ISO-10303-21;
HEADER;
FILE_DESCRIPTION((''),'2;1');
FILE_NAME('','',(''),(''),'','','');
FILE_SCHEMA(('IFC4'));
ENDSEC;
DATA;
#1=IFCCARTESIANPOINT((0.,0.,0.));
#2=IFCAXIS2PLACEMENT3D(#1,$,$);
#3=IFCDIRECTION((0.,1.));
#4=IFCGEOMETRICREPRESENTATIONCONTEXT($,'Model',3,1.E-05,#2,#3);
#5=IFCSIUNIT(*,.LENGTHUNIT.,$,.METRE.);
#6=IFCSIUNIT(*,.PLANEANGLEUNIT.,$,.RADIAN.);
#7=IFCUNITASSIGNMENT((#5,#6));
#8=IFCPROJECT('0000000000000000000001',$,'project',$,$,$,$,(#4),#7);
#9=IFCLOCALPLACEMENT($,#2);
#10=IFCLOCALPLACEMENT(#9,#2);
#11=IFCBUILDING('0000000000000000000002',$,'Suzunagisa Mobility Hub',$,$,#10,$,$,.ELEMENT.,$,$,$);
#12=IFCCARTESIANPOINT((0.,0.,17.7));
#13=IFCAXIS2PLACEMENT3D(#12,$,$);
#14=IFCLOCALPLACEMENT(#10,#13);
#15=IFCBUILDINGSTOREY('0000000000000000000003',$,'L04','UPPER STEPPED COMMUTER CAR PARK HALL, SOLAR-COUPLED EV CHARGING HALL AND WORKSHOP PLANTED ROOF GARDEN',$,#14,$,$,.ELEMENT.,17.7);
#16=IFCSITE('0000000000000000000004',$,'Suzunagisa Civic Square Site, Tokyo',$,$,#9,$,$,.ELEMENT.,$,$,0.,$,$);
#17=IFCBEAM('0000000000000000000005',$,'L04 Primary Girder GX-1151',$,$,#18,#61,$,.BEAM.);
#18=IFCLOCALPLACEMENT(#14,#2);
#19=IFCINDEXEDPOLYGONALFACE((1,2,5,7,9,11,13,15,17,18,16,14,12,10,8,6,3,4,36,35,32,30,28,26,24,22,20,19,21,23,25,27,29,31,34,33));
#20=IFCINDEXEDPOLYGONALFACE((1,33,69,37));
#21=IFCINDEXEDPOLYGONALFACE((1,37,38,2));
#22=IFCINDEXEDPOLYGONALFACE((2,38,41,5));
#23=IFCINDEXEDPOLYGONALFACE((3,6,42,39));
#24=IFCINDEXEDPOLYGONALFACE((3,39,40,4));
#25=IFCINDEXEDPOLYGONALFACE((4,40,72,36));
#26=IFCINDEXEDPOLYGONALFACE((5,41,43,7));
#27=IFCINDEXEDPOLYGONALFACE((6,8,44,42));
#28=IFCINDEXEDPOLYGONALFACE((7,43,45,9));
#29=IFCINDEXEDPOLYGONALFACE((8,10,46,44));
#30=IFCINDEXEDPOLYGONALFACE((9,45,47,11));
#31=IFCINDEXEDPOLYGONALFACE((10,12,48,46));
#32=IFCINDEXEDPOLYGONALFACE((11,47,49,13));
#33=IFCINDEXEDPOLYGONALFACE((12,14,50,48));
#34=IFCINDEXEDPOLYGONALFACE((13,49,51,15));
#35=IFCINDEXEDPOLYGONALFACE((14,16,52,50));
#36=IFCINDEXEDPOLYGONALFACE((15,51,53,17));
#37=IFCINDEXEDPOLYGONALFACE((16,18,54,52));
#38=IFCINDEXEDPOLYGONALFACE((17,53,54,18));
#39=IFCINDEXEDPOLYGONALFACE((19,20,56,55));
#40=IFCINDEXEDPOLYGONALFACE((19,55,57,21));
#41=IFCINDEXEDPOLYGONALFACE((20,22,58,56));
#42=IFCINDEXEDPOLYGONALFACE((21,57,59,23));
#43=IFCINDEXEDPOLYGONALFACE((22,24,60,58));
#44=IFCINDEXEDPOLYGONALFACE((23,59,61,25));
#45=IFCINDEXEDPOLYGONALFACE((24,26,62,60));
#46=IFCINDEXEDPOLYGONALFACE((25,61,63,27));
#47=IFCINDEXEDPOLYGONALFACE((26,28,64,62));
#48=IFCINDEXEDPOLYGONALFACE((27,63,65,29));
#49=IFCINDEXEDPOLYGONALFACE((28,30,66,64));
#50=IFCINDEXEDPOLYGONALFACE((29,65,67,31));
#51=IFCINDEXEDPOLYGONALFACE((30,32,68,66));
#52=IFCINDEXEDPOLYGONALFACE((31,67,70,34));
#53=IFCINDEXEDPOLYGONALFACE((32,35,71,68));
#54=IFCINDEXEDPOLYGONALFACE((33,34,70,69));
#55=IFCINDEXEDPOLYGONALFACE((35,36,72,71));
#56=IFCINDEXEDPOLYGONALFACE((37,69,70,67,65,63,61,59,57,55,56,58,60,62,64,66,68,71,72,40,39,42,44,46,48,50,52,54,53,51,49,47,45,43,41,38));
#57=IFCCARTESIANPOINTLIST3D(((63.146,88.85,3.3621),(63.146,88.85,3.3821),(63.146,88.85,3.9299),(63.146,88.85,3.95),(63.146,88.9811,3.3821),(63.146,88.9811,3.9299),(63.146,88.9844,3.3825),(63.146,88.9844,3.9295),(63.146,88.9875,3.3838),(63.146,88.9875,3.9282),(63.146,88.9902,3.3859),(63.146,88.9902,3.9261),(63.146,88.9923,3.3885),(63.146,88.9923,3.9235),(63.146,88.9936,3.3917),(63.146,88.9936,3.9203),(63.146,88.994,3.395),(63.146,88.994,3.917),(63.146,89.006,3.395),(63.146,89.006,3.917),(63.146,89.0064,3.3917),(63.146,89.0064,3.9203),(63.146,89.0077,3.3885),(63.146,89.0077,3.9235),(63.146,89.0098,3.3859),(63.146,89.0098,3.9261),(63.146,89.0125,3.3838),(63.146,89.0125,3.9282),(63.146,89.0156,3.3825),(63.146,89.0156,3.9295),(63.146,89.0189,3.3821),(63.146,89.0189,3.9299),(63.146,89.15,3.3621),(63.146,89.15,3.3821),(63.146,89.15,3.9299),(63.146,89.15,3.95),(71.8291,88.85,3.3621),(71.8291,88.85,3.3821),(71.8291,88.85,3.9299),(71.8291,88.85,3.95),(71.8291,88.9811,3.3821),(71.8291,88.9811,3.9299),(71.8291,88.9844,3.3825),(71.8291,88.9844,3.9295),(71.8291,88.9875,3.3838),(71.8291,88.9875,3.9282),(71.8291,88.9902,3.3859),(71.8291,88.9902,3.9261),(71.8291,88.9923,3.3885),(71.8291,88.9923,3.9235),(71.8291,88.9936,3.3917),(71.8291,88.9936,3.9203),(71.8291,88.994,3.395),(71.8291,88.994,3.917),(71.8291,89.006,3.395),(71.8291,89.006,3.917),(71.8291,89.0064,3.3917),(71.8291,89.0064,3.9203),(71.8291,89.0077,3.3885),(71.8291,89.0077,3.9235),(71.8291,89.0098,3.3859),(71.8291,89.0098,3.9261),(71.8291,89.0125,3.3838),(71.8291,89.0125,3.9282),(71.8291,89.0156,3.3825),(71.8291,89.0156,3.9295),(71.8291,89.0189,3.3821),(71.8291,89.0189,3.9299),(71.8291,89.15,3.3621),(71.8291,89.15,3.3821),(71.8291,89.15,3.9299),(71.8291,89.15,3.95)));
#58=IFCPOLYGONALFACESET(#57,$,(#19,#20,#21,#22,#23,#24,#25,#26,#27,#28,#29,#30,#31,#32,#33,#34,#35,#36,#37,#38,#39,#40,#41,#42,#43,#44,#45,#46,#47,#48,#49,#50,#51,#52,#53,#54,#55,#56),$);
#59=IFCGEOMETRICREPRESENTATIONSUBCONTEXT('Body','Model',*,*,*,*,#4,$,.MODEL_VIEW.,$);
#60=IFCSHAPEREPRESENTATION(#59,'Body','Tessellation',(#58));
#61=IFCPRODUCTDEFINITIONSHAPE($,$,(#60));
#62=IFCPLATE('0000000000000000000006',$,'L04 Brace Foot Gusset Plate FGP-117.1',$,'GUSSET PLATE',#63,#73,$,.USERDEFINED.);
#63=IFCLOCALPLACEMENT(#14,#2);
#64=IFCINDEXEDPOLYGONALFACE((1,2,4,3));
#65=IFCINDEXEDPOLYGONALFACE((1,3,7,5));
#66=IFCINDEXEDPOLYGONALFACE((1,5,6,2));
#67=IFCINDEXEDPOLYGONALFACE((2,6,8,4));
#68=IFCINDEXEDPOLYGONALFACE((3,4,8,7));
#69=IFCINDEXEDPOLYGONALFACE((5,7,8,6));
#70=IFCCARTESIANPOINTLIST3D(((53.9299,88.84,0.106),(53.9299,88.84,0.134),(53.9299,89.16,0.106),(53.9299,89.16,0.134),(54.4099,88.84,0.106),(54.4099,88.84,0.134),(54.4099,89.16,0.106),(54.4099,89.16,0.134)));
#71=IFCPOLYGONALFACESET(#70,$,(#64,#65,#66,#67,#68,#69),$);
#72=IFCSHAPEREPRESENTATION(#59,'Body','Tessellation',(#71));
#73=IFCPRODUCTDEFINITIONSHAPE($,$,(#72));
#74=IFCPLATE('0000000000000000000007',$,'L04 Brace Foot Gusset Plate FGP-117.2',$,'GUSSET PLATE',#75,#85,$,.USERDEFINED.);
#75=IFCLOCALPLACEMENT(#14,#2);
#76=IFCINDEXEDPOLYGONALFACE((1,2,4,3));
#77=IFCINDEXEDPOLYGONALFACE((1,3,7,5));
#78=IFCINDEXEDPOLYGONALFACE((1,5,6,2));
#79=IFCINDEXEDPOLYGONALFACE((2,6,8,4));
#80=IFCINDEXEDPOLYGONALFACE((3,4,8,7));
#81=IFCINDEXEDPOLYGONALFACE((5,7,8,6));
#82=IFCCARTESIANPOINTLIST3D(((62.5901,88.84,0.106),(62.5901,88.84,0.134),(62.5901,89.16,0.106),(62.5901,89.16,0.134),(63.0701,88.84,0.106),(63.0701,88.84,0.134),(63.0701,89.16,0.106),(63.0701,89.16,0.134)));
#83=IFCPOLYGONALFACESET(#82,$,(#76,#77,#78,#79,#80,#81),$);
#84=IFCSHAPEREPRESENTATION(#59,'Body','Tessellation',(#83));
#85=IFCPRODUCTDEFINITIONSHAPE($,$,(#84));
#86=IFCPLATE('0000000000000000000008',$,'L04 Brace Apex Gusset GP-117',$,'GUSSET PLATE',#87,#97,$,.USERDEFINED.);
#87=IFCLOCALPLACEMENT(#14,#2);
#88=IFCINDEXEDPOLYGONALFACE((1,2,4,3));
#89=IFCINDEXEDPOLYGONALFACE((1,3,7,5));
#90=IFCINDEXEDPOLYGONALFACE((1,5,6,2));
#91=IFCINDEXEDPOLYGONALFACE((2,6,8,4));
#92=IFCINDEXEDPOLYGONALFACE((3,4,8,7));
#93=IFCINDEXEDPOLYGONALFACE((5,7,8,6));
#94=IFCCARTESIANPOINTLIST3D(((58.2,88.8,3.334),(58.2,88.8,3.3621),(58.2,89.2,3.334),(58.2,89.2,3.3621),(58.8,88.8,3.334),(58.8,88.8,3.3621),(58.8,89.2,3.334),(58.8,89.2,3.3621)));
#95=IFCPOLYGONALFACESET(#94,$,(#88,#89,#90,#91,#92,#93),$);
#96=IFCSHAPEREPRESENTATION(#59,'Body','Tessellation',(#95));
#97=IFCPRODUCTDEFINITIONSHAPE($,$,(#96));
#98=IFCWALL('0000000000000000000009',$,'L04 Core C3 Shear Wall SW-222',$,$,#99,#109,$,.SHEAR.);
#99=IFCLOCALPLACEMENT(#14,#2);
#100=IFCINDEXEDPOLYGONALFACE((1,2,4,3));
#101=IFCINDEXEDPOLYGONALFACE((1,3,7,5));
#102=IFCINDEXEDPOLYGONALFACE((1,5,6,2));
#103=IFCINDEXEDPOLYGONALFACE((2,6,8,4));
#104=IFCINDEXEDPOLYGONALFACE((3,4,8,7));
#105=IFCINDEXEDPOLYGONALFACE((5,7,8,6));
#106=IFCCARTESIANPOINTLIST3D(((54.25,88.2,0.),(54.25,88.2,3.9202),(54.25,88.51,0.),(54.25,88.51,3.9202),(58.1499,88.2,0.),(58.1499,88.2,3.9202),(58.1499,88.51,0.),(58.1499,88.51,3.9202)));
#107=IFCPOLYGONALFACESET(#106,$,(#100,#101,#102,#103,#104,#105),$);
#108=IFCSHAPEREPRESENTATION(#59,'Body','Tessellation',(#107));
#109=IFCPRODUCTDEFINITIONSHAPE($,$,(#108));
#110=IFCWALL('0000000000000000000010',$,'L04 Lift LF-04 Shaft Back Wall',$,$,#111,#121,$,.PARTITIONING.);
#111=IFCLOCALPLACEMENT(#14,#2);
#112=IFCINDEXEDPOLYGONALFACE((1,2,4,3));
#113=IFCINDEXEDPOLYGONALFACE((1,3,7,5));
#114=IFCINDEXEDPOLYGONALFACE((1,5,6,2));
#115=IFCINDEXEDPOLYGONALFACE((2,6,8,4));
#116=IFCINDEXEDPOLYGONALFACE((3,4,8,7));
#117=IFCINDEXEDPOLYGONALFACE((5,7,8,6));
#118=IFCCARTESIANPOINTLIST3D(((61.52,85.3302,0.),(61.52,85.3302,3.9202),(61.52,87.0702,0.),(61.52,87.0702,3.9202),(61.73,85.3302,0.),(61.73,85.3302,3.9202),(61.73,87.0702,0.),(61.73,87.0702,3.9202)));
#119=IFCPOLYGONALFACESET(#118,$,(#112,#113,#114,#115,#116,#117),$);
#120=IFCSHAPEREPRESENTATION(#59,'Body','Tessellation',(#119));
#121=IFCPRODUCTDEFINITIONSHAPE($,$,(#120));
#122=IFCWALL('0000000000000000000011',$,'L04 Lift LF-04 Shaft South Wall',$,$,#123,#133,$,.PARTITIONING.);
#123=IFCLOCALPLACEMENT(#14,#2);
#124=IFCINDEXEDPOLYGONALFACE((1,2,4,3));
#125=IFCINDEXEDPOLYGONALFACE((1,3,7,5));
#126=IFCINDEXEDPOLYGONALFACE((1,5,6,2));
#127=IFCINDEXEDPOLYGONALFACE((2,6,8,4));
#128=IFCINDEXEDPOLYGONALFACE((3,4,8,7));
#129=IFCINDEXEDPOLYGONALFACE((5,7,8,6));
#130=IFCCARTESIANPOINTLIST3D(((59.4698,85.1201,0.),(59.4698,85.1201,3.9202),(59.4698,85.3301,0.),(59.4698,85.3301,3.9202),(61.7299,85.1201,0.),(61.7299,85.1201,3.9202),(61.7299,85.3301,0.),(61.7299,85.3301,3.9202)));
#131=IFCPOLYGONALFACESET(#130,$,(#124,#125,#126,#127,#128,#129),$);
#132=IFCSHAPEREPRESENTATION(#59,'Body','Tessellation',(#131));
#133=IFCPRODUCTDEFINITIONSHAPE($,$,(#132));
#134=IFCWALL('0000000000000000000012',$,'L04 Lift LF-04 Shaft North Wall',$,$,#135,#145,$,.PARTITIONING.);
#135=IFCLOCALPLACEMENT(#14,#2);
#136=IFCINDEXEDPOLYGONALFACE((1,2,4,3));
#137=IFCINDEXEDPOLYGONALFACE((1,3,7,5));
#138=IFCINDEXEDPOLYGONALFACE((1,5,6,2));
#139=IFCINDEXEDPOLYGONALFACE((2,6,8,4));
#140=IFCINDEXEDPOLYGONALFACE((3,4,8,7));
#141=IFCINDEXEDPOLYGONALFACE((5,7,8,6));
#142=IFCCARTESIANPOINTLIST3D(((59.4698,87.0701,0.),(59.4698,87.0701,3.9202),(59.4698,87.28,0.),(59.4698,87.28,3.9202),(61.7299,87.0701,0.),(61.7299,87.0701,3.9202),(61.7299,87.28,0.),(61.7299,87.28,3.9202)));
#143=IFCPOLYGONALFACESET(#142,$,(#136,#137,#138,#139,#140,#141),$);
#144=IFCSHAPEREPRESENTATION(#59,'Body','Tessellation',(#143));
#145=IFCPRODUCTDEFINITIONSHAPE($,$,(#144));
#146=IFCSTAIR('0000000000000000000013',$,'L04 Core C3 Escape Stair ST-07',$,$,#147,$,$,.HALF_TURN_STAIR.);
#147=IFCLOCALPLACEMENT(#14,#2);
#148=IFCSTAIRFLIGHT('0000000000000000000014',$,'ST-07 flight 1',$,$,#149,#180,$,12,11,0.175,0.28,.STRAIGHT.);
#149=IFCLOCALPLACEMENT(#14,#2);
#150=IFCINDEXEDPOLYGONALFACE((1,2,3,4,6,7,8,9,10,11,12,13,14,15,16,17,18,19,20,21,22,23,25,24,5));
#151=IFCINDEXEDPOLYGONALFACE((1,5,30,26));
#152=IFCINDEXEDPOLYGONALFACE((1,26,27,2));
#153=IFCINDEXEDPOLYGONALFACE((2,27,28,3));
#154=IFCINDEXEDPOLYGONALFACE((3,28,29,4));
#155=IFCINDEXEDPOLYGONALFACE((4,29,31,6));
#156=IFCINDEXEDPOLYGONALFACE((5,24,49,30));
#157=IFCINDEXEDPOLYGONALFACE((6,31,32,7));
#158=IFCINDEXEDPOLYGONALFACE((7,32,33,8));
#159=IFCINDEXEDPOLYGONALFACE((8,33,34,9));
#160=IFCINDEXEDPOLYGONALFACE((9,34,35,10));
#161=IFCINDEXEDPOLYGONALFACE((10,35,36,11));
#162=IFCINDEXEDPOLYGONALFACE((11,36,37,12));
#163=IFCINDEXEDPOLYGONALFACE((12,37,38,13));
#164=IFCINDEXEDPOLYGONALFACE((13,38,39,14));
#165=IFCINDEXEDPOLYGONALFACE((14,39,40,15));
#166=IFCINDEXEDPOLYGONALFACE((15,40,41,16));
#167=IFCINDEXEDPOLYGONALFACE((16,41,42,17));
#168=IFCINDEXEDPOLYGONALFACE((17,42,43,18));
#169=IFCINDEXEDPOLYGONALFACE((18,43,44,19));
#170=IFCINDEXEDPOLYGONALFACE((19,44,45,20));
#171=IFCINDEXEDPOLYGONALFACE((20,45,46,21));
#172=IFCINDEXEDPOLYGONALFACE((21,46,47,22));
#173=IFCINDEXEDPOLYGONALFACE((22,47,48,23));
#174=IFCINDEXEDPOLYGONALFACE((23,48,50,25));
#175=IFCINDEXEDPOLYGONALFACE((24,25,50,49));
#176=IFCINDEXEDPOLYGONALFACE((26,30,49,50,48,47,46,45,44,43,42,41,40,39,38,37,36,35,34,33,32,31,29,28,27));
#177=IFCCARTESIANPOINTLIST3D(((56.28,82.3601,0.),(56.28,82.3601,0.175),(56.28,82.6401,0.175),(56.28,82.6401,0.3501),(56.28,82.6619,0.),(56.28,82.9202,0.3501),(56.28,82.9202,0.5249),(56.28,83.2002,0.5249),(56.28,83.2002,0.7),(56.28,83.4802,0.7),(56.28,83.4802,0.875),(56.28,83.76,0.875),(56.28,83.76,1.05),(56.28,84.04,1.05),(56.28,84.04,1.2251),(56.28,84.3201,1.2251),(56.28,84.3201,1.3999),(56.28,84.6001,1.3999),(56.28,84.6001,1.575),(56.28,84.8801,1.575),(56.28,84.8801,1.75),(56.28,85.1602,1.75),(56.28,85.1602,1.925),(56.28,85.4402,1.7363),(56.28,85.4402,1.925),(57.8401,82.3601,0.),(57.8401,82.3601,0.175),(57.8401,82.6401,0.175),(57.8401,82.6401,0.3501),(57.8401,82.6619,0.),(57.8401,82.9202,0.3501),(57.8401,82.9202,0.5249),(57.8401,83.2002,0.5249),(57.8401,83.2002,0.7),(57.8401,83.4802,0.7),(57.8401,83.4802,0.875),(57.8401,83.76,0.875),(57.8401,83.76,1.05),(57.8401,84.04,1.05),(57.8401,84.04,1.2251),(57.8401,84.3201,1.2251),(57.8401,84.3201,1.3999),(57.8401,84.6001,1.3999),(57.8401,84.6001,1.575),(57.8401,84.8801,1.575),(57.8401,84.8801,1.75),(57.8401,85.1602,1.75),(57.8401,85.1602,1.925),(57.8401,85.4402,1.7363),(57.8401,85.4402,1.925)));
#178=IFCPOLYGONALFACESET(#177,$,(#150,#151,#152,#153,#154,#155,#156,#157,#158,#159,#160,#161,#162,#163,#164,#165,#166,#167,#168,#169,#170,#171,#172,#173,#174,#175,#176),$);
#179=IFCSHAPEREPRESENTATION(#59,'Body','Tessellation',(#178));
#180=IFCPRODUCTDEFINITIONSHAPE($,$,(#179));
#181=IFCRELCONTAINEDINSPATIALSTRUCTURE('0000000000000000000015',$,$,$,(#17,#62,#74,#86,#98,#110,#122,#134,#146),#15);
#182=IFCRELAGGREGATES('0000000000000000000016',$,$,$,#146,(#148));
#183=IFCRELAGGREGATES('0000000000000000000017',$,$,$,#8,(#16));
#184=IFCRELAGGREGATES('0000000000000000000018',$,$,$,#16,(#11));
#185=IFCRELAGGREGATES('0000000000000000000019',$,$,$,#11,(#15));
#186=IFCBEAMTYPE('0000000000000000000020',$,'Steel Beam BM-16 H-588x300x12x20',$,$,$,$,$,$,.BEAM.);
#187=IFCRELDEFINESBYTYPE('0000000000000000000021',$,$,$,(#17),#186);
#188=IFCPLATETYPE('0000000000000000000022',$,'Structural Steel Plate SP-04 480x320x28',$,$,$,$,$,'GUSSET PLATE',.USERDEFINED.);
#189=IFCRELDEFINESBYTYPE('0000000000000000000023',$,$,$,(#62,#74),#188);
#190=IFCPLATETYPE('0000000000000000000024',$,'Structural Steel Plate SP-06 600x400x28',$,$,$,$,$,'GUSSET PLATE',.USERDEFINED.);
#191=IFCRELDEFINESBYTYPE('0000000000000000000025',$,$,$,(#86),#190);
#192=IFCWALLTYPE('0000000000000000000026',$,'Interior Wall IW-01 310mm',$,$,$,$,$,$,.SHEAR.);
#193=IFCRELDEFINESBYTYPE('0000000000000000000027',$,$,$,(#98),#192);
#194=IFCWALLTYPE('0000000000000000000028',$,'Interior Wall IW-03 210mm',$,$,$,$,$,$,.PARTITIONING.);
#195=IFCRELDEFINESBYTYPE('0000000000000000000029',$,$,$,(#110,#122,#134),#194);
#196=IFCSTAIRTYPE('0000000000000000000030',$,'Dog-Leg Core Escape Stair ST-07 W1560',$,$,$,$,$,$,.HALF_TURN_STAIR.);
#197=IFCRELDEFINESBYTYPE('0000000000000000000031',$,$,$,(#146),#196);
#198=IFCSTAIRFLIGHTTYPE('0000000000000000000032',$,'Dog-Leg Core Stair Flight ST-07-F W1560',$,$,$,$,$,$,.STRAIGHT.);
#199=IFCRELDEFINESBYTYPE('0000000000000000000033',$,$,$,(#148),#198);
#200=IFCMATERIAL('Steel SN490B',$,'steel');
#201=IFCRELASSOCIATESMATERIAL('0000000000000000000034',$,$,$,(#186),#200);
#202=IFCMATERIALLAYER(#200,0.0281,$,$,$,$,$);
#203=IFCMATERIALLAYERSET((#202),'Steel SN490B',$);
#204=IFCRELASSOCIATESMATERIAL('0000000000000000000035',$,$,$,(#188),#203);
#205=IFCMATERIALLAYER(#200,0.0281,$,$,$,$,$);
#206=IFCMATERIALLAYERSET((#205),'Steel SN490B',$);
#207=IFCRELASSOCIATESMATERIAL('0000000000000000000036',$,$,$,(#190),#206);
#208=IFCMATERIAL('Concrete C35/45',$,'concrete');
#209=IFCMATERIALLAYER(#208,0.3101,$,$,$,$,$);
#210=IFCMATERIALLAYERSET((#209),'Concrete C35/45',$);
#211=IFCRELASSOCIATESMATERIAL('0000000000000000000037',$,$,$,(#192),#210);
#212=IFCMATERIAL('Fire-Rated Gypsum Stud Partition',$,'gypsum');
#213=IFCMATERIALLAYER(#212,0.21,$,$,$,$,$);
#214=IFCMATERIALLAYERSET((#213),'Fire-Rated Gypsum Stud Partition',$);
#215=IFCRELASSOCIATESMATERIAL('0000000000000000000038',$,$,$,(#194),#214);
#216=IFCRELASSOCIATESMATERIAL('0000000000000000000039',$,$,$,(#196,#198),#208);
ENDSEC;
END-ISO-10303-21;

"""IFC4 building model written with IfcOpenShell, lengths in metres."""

from ifc_helpers import new_model, si_unit, direction, frame, frame_2d, origin, origin_2d, place, context, subcontext, project, spatial, polyline, rectangle, i_section, outline, extrude, material, layer, layer_set, material_profile, profile_set, type_object, element, aggregate, save


model = new_model("IFC4")

# Units and contexts
model_context = context("Model", 3, precision=1e-05, world=origin(), true_north=direction((0.0, 1.0)))
body_context = subcontext(model_context, "Body", "Model", "MODEL_VIEW")
ifc_project = project(units=[si_unit("LENGTHUNIT", "METRE"), si_unit("PLANEANGLEUNIT", "RADIAN")], contexts=[model_context])

# Site, building, storey
site_placement = place(None, origin())
site = spatial("IfcSite", under=ifc_project, at=site_placement, Name="Suzunagisa Civic Square Site, Tokyo", CompositionType="ELEMENT", RefElevation=0.0)
building_placement = place(site_placement, origin())
building = spatial("IfcBuilding", under=site, at=building_placement, Name="Suzunagisa Mobility Hub", CompositionType="ELEMENT")
storey_placement = place(building_placement, frame((0.0, 0.0, 17.7)))
storey = spatial("IfcBuildingStorey", under=building, at=storey_placement, Name="L04", Description="UPPER STEPPED COMMUTER CAR PARK HALL, SOLAR-COUPLED EV CHARGING HALL AND WORKSHOP PLANTED ROOF GARDEN", CompositionType="ELEMENT", Elevation=17.7)

# Shared definitions
ifc_material_1 = material(Name="Steel SN490B", Category="steel")

# Beam
ifc_material_profile_1 = material_profile(ifc_material_1, i_section(OverallWidth=0.3, OverallDepth=0.5879, WebThickness=0.012, FlangeThickness=0.02, FilletRadius=0.0129, at=origin_2d()), Name="H-588x300x12x20")
ifc_profile_set_1 = profile_set([ifc_material_profile_1], Name="Steel SN490B")
beam_type_1 = type_object("IfcBeamType", Name="Steel Beam BM-16 H-588x300x12x20", PredefinedType="BEAM", material=ifc_profile_set_1)
beam_1_placement = place(storey_placement, frame((63.146, 89.0, 3.656), z_axis=(1.0, 0.0, 0.0), x_axis=(0.0, 1.0, 0.0)))
element("IfcBeam", 1, at=beam_1_placement, inside=storey, type_object=beam_type_1, Name="L04 Primary Girder GX-1151", PredefinedType="BEAM", context=body_context, shape_type="SweptSolid", body=[
    extrude(i_section(OverallWidth=0.3, OverallDepth=0.5879, WebThickness=0.012, FlangeThickness=0.02, FilletRadius=0.0129, at=origin_2d()), origin(), (0.0, 0.0, 1.0), 8.6831),
])

# Plates
ifc_layer_1 = layer(ifc_material_1, 0.0281)
ifc_layer_set_1 = layer_set([ifc_layer_1], Name="Steel SN490B")
plate_type_1 = type_object("IfcPlateType", Name="Structural Steel Plate SP-04 480x320x28", ElementType="GUSSET PLATE", PredefinedType="USERDEFINED", material=ifc_layer_set_1)
for number, where, z_axis, x_axis, name in (
    (2, (54.1699, 89.0, 0.106), (0.0, 0.0, 1.0), (1.0, 0.0, 0.0), "L04 Brace Foot Gusset Plate FGP-117.1"),
    (3, (62.8301, 89.0, 0.106), (0.0, 0.0, 1.0), (1.0, 0.0, 0.0), "L04 Brace Foot Gusset Plate FGP-117.2"),
):
    element("IfcPlate", number, at=place(storey_placement, frame(where, z_axis=z_axis, x_axis=x_axis)), inside=storey, type_object=plate_type_1, Name=name, ObjectType="GUSSET PLATE", PredefinedType="USERDEFINED", context=body_context, shape_type="SweptSolid", body=[
        extrude(rectangle(XDim=0.48, YDim=0.3201, at=origin_2d()), origin(), (0.0, 0.0, 1.0), 0.0281),
    ])
ifc_layer_2 = layer(ifc_material_1, 0.0281)
ifc_layer_set_2 = layer_set([ifc_layer_2], Name="Steel SN490B")
plate_type_2 = type_object("IfcPlateType", Name="Structural Steel Plate SP-06 600x400x28", ElementType="GUSSET PLATE", PredefinedType="USERDEFINED", material=ifc_layer_set_2)
plate_placement = place(storey_placement, frame((58.5, 89.0, 3.334), z_axis=(0.0, 0.0, 1.0), x_axis=(1.0, 0.0, 0.0)))
element("IfcPlate", 4, at=plate_placement, inside=storey, type_object=plate_type_2, Name="L04 Brace Apex Gusset GP-117", ObjectType="GUSSET PLATE", PredefinedType="USERDEFINED", context=body_context, shape_type="SweptSolid", body=[
    extrude(rectangle(XDim=0.6001, YDim=0.3999, at=origin_2d()), origin(), (0.0, 0.0, 1.0), 0.0281),
])

# Wall
ifc_material_2 = material(Name="Concrete C35/45", Category="concrete")
ifc_layer_3 = layer(ifc_material_2, 0.3101)
ifc_layer_set_3 = layer_set([ifc_layer_3], Name="Concrete C35/45")
wall_type_1 = type_object("IfcWallType", Name="Interior Wall IW-01 310mm", PredefinedType="SHEAR", material=ifc_layer_set_3)
wall_1_placement = place(storey_placement, frame((54.25, 88.355, 0.0), z_axis=(0.0, 0.0, 1.0), x_axis=(1.0, 0.0, 0.0)))
element("IfcWall", 5, at=wall_1_placement, inside=storey, type_object=wall_type_1, Name="L04 Core C3 Shear Wall SW-222", PredefinedType="SHEAR", context=body_context, shape_type="SweptSolid", body=[
    extrude(rectangle(XDim=3.8999, YDim=0.3101, at=frame_2d((1.95, 0.0))), origin(), (0.0, 0.0, 1.0), 3.9202),
])

# Shared definitions
ifc_material_3 = material(Name="Fire-Rated Gypsum Stud Partition", Category="gypsum")
ifc_layer_4 = layer(ifc_material_3, 0.21)
ifc_layer_set_4 = layer_set([ifc_layer_4], Name="Fire-Rated Gypsum Stud Partition")
wall_type_2 = type_object("IfcWallType", Name="Interior Wall IW-03 210mm", PredefinedType="PARTITIONING", material=ifc_layer_set_4)

# Walls
wall_2_placement = place(storey_placement, frame((61.625, 85.3301, 0.0), z_axis=(0.0, 0.0, 1.0), x_axis=(0.0, 1.0, 0.0)))
element("IfcWall", 6, at=wall_2_placement, inside=storey, type_object=wall_type_2, Name="L04 Lift LF-04 Shaft Back Wall", PredefinedType="PARTITIONING", context=body_context, shape_type="SweptSolid", body=[
    extrude(rectangle(XDim=1.74, YDim=0.21, at=frame_2d((0.8701, 0.0))), origin(), (0.0, 0.0, 1.0), 3.9202),
])
for number, where, z_axis, x_axis, name in (
    (7, (59.47, 85.2251, 0.0), (0.0, 0.0, 1.0), (1.0, 0.0, 0.0), "L04 Lift LF-04 Shaft South Wall"),
    (8, (59.47, 87.175, 0.0), (0.0, 0.0, 1.0), (1.0, 0.0, 0.0), "L04 Lift LF-04 Shaft North Wall"),
):
    element("IfcWall", number, at=place(storey_placement, frame(where, z_axis=z_axis, x_axis=x_axis)), inside=storey, type_object=wall_type_2, Name=name, PredefinedType="PARTITIONING", context=body_context, shape_type="SweptSolid", body=[
        extrude(rectangle(XDim=2.26, YDim=0.21, at=frame_2d((1.1299, 0.0))), origin(), (0.0, 0.0, 1.0), 3.9202),
    ])

# Stair, stair flight
stair_type = type_object("IfcStairType", Name="Dog-Leg Core Escape Stair ST-07 W1560", PredefinedType="HALF_TURN_STAIR", material=ifc_material_2)
stair_placement = place(storey_placement, origin())
stair = element("IfcStair", 9, at=stair_placement, inside=storey, type_object=stair_type, Name="L04 Core C3 Escape Stair ST-07", PredefinedType="HALF_TURN_STAIR")
stair_flight_type = type_object("IfcStairFlightType", Name="Dog-Leg Core Stair Flight ST-07-F W1560", PredefinedType="STRAIGHT", material=ifc_material_2)
stair_flight_1_placement = place(storey_placement, frame((57.0601, 82.3601, 0.0), z_axis=(0.0, 0.0, 1.0), x_axis=(0.0, 1.0, 0.0)))
stair_flight_1 = element("IfcStairFlight", 10, at=stair_flight_1_placement, type_object=stair_flight_type, Name="ST-07 flight 1", NumberOfRisers=12, NumberOfTreads=11, PredefinedType="STRAIGHT", RiserHeight=0.175, TreadLength=0.28, context=body_context, shape_type="SweptSolid", body=[
    extrude(outline(polyline([(0.0, 0.0), (0.0, 0.175), (0.28, 0.175), (0.28, 0.3501), (0.5601, 0.3501), (0.5601, 0.5249), (0.8401, 0.5249), (0.8401, 0.7), (1.1201, 0.7), (1.1201, 0.875), (1.3999, 0.875), (1.3999, 1.05), (1.6799, 1.05), (1.6799, 1.2251), (1.96, 1.2251), (1.96, 1.3999), (2.24, 1.3999), (2.24, 1.575), (2.52, 1.575), (2.52, 1.75), (2.8, 1.75), (2.8, 1.925), (3.0801, 1.925), (3.0801, 2.1001), (3.0801, 1.7363), (0.3018, 0.0), (0.0, 0.0)])), frame((0.0, 0.78, 0.0), z_axis=(0.0, -1.0, 0.0), x_axis=(1.0, 0.0, 0.0)), (0.0, 0.0, 1.0), 1.5601),
])
aggregate(stair, [stair_flight_1])

save(model, "model.ifc")
